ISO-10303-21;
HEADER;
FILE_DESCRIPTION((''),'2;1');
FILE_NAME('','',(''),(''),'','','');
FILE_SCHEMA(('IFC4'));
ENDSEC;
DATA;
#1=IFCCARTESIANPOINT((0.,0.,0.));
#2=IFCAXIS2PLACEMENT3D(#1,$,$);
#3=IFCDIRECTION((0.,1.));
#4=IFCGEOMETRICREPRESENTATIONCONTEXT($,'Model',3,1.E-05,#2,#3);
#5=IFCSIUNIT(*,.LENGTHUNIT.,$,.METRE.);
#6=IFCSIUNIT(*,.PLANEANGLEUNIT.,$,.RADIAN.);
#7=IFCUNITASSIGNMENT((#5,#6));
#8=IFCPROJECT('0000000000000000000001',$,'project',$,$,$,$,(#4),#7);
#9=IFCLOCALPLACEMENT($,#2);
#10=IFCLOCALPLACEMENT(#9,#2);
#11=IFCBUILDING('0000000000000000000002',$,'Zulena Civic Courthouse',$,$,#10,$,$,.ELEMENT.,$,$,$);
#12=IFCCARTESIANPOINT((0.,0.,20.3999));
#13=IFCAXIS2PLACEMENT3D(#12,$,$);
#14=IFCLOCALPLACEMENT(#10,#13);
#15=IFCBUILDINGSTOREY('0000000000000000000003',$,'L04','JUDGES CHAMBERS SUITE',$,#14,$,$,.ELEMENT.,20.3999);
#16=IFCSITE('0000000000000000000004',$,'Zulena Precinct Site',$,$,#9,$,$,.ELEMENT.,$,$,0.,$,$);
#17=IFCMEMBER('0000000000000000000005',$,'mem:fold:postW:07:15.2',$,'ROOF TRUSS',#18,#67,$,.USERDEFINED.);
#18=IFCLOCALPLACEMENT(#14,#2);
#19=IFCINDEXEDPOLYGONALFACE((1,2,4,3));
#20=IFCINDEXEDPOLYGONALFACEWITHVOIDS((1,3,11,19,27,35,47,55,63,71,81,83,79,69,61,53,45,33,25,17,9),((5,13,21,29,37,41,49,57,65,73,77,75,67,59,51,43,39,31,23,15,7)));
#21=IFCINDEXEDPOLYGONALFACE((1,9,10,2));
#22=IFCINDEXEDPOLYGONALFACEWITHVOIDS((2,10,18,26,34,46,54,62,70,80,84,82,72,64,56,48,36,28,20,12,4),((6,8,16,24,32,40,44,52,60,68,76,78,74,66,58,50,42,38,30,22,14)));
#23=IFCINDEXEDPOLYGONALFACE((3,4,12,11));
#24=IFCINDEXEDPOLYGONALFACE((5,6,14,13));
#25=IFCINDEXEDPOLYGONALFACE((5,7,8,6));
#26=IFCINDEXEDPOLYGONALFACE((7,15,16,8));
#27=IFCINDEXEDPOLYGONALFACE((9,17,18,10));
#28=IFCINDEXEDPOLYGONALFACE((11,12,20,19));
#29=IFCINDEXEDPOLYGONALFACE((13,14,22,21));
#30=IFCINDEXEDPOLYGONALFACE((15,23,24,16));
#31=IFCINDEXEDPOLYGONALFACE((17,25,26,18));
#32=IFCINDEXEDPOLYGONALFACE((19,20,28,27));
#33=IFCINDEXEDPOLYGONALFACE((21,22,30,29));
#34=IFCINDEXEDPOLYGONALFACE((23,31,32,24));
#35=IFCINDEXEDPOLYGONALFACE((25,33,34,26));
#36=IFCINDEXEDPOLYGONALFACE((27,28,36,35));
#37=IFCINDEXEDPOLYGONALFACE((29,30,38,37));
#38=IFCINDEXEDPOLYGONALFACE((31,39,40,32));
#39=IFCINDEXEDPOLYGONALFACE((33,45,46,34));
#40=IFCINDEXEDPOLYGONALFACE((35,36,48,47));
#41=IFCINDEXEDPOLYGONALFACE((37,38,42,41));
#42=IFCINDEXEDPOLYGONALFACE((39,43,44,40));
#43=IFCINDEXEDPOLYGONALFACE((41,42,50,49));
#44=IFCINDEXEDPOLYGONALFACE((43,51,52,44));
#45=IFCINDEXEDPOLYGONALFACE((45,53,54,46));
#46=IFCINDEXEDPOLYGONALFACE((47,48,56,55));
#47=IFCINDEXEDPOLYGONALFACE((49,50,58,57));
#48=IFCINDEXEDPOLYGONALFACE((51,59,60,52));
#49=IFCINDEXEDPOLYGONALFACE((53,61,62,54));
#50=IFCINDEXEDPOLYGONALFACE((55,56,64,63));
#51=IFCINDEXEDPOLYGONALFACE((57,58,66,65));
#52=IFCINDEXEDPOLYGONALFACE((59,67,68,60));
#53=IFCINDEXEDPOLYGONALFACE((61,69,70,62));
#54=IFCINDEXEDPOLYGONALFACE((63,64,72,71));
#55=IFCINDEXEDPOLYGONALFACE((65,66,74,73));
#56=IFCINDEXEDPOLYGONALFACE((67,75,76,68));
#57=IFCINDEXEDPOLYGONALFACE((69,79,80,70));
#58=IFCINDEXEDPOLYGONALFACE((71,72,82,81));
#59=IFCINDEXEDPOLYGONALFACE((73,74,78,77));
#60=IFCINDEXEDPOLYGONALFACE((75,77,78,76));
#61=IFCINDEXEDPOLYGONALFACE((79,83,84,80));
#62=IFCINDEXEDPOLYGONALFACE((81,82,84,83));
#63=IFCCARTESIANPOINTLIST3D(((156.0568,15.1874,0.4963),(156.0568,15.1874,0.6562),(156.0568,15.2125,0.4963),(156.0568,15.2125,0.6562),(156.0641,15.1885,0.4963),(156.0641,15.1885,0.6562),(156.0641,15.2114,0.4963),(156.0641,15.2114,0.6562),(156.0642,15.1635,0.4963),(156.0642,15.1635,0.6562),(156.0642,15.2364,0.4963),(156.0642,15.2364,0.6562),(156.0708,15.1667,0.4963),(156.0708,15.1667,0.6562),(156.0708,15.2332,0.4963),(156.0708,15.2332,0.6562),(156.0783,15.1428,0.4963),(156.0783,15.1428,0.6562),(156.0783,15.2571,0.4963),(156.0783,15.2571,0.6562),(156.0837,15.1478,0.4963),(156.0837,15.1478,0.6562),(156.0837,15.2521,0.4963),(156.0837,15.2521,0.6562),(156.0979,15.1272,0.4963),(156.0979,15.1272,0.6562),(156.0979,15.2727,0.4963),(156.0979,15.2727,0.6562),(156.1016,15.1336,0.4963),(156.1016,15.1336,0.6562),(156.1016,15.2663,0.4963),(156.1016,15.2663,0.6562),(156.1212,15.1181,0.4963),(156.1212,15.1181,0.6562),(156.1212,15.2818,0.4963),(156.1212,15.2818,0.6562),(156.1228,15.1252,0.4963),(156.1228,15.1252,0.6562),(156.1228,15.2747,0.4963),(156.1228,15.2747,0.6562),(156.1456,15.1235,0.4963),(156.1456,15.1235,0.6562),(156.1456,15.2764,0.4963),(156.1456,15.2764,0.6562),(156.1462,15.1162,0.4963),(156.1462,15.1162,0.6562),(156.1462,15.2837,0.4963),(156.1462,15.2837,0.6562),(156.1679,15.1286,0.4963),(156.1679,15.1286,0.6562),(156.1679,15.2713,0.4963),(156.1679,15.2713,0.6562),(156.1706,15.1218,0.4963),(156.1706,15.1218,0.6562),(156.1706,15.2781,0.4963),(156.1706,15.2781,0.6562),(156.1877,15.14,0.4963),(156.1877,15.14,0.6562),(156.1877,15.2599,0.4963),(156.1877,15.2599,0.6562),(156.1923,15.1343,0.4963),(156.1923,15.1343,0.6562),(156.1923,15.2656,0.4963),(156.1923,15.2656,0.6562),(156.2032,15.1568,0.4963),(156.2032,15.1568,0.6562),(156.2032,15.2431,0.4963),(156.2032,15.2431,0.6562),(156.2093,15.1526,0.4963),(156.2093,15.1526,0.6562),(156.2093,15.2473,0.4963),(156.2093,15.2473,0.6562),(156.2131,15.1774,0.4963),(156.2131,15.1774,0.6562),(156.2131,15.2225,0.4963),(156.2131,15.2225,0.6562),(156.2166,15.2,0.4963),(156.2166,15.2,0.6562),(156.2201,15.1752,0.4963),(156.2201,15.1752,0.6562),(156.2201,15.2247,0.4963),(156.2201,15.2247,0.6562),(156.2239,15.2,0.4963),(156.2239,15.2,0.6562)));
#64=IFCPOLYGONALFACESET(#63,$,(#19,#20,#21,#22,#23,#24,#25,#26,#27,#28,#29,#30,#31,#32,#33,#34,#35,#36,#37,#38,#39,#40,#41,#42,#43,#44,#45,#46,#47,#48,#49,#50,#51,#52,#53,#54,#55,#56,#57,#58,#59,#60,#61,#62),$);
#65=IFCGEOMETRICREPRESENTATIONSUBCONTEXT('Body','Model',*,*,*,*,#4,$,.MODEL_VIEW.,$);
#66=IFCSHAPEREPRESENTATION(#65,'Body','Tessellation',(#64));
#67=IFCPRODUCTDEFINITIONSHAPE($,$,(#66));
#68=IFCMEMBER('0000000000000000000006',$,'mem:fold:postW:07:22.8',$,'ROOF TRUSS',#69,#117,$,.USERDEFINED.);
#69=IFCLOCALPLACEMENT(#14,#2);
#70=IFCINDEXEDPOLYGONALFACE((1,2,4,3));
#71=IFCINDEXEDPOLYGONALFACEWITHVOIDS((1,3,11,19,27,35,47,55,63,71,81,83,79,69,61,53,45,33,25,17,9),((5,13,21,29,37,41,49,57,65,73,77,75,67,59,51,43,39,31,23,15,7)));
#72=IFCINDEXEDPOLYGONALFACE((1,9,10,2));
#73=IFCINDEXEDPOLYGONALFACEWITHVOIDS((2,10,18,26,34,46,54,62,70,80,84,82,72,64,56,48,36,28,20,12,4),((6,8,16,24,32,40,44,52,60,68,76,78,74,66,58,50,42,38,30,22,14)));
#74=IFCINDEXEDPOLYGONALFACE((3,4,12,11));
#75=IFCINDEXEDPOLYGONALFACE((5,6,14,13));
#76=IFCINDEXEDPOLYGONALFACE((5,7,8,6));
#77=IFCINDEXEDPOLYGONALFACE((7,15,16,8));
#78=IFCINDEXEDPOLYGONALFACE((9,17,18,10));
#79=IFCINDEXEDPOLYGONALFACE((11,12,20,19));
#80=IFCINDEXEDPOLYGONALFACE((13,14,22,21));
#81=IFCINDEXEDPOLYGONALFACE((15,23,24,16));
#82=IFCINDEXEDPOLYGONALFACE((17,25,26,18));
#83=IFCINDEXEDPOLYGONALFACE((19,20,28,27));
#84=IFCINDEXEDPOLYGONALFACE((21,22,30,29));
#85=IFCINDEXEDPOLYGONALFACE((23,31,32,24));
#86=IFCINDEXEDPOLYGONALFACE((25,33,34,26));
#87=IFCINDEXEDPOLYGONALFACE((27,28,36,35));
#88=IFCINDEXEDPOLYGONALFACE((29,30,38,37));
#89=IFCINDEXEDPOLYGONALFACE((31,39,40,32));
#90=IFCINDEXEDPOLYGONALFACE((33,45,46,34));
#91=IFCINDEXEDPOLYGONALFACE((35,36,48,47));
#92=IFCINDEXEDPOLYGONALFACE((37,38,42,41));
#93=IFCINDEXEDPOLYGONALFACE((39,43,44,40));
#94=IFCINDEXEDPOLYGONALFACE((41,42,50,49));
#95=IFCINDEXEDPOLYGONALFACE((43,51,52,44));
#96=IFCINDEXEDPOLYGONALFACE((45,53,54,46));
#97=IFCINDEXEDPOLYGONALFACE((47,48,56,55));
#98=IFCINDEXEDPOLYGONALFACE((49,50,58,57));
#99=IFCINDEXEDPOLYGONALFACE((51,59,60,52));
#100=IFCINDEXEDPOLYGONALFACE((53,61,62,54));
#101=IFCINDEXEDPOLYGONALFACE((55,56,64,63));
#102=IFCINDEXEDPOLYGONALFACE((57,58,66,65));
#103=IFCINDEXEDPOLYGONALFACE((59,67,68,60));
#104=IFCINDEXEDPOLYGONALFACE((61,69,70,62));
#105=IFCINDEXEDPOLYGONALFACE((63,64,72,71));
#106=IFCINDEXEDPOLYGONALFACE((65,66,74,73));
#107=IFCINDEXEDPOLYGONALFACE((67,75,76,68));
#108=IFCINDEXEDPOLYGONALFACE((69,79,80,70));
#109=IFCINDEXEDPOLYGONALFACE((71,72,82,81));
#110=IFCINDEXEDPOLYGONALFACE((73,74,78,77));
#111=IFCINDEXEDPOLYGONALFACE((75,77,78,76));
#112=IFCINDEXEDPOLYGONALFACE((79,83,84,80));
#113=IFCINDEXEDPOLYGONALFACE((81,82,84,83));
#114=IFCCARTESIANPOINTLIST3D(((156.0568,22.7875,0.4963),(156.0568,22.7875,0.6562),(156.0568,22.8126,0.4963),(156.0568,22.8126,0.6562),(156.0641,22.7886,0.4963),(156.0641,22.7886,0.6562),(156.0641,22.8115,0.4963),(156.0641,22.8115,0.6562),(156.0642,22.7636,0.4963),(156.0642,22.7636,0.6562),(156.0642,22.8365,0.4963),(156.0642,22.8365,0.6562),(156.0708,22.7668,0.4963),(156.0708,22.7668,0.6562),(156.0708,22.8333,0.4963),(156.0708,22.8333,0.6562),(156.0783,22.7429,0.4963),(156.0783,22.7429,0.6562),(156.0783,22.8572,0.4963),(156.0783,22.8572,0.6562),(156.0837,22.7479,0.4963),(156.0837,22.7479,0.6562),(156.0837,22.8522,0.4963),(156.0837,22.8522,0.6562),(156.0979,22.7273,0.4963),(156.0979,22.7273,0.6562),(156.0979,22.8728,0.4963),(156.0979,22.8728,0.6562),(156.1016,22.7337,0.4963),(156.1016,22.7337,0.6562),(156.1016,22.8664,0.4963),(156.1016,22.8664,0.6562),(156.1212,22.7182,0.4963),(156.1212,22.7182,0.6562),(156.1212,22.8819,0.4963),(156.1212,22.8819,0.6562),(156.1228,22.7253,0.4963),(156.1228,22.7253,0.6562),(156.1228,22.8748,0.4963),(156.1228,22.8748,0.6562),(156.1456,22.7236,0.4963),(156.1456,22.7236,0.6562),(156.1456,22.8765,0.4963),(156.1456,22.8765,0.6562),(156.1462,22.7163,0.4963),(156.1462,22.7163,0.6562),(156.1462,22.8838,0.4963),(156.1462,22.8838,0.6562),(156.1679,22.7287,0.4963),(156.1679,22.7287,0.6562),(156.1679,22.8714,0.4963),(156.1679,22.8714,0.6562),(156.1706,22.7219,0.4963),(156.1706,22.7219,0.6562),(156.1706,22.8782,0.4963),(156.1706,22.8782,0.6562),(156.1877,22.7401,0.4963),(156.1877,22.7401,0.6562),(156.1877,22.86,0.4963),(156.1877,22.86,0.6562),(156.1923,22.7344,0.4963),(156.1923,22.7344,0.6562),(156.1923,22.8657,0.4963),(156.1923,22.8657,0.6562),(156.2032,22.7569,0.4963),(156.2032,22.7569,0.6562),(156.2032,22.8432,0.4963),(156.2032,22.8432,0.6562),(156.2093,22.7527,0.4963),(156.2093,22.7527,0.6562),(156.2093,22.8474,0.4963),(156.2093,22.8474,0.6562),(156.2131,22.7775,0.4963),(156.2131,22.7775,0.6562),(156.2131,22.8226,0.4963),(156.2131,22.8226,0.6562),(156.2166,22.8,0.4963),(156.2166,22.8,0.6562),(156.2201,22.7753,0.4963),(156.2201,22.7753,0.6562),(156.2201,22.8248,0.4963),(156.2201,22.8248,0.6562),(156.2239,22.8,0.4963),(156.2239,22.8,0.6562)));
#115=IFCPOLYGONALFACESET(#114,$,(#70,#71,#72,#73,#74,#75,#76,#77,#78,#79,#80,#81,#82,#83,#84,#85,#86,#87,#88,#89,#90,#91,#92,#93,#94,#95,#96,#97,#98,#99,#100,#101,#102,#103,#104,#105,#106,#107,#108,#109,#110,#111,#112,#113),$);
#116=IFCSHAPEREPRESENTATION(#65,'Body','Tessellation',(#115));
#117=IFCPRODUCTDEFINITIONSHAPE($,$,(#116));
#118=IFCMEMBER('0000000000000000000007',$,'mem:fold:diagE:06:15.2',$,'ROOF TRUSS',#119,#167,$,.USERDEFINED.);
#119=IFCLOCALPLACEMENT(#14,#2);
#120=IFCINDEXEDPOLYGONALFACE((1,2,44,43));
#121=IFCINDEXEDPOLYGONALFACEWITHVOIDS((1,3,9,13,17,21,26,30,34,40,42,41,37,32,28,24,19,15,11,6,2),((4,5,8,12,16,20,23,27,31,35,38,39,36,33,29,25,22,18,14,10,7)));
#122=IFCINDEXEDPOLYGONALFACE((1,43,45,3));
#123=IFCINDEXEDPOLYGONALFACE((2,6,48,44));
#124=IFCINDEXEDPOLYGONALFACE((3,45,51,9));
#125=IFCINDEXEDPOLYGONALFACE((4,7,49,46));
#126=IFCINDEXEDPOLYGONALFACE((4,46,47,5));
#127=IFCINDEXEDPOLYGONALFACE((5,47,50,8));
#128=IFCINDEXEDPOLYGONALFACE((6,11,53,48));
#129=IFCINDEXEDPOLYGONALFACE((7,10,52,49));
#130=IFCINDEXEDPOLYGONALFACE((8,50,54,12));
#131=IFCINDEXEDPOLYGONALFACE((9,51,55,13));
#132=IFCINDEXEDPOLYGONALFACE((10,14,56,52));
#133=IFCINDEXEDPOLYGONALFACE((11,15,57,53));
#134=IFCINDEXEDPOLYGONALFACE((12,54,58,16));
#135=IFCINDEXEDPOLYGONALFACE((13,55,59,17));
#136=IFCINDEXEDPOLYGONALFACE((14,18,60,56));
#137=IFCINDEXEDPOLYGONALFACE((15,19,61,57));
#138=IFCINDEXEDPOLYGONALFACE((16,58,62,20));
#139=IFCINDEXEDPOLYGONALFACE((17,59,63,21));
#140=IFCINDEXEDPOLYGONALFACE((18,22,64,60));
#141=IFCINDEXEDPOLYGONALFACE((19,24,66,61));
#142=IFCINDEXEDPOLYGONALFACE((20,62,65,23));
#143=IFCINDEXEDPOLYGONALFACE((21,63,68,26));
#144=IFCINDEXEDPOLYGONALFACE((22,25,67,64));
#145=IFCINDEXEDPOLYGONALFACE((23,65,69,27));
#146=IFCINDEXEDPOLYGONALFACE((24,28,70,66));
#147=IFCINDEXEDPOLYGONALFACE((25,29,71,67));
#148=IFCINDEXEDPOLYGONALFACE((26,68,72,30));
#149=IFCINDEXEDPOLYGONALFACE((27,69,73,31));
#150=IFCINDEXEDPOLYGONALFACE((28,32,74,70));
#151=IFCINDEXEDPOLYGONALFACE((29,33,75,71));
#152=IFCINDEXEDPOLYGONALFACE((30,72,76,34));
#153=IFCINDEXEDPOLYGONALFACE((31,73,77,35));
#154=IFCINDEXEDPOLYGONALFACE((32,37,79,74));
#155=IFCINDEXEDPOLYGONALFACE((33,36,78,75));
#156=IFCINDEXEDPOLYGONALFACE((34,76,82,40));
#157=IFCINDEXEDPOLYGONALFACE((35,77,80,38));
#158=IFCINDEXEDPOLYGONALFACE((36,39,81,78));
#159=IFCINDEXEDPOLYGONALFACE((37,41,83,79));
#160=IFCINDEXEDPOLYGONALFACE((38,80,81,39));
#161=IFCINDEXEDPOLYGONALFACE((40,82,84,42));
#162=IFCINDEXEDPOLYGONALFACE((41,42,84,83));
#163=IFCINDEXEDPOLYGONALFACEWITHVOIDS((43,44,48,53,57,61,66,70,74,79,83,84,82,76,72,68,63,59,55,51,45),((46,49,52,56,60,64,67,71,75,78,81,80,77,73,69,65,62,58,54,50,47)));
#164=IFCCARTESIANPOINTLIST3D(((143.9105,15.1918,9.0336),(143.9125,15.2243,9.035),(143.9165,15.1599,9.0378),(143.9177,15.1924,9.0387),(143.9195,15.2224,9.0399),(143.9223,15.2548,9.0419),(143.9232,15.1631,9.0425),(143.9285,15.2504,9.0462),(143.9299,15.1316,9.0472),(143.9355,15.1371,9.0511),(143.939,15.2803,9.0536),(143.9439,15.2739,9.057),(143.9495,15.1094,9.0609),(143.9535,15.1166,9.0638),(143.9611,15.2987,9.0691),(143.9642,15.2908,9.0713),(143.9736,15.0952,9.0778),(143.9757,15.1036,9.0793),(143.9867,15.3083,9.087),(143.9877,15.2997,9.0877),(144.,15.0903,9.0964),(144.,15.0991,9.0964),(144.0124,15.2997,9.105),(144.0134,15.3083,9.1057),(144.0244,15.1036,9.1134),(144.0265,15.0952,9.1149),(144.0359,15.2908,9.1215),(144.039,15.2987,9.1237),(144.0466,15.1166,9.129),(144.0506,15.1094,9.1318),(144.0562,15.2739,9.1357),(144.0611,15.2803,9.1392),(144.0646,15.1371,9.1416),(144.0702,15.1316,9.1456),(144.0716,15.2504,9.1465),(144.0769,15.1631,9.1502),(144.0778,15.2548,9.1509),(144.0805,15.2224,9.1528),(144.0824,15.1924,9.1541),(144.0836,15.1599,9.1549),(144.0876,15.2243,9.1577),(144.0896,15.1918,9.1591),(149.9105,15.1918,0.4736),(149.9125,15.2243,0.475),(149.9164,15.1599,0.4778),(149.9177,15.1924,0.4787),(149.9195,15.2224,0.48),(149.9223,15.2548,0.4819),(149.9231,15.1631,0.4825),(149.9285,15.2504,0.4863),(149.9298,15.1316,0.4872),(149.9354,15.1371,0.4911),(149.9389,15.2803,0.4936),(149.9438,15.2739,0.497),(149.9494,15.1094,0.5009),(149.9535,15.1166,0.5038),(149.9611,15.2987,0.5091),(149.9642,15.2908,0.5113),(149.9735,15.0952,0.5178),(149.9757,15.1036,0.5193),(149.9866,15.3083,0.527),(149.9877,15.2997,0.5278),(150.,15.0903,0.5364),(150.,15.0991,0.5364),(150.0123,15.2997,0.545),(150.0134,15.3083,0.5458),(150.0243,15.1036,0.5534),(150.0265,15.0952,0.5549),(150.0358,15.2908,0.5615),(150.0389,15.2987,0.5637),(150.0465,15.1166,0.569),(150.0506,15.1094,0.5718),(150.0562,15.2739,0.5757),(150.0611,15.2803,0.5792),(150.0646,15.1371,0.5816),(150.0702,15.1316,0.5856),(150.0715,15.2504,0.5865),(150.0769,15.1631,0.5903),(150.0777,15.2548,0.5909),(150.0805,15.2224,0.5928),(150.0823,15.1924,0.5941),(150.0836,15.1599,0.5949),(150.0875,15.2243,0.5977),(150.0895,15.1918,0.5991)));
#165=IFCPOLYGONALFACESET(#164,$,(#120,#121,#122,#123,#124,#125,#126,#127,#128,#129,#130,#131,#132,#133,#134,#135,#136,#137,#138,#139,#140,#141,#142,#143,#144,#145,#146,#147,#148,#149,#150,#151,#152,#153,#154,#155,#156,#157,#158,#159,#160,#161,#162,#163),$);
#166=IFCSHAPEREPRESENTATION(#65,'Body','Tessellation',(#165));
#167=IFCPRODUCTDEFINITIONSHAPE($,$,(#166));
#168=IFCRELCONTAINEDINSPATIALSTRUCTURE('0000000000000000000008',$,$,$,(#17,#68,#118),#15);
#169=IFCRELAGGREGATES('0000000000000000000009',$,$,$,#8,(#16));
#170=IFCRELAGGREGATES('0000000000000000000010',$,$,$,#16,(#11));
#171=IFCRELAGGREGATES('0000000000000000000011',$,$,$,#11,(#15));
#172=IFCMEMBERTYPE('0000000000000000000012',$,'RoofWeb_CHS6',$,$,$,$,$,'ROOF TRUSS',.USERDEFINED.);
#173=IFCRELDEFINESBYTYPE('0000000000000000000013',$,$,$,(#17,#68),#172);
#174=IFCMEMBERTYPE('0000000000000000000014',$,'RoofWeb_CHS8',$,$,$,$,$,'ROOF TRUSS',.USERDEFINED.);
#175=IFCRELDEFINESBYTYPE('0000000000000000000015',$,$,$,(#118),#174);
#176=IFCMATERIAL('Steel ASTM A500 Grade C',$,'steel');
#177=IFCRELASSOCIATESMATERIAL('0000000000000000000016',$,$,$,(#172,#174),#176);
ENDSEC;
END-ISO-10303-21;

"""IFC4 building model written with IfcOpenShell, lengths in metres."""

from ifc_helpers import new_model, si_unit, direction, frame, origin, origin_2d, place, context, subcontext, project, spatial, hollow_circle, extrude, material, material_profile, profile_set, type_object, element, save


model = new_model("IFC4")

# Units and contexts
model_context = context("Model", 3, precision=1e-05, world=origin(), true_north=direction((0.0, 1.0)))
body_context = subcontext(model_context, "Body", "Model", "MODEL_VIEW")
ifc_project = project(units=[si_unit("LENGTHUNIT", "METRE"), si_unit("PLANEANGLEUNIT", "RADIAN")], contexts=[model_context])

# Site, building, storey
site_placement = place(None, origin())
site = spatial("IfcSite", under=ifc_project, at=site_placement, Name="Zulena Precinct Site", CompositionType="ELEMENT", RefElevation=0.0)
building_placement = place(site_placement, origin())
building = spatial("IfcBuilding", under=site, at=building_placement, Name="Zulena Civic Courthouse", CompositionType="ELEMENT")
storey_placement = place(building_placement, frame((0.0, 0.0, 20.3999)))
storey = spatial("IfcBuildingStorey", under=building, at=storey_placement, Name="L04", Description="JUDGES CHAMBERS SUITE", CompositionType="ELEMENT", Elevation=20.3999)

# Members
ifc_material_1 = material(Name="Steel ASTM A500 Grade C", Category="steel")
ifc_material_profile_1 = material_profile(ifc_material_1, hollow_circle(Radius=0.084, WallThickness=0.0073, at=origin_2d()), Name="HSS6.625X0.312")
ifc_profile_set_1 = profile_set([ifc_material_profile_1], Name="Steel ASTM A500 Grade C")
member_type_1 = type_object("IfcMemberType", Name="RoofWeb_CHS6", ElementType="ROOF TRUSS", PredefinedType="USERDEFINED", material=ifc_profile_set_1)
for number, where, z_axis, x_axis, name in (
    (1, (156.1399, 15.2, 0.4963), (0.0, 0.0, 1.0), (1.0, 0.0, 0.0), "mem:fold:postW:07:15.2"),
    (2, (156.1399, 22.8, 0.4963), (0.0, 0.0, 1.0), (1.0, 0.0, 0.0), "mem:fold:postW:07:22.8"),
):
    element("IfcMember", number, at=place(storey_placement, frame(where, z_axis=z_axis, x_axis=x_axis)), inside=storey, type_object=member_type_1, Name=name, ObjectType="ROOF TRUSS", PredefinedType="USERDEFINED", context=body_context, shape_type="SweptSolid", body=[
        extrude(hollow_circle(Radius=0.084, WallThickness=0.0073, at=origin_2d()), origin(), (0.0, 0.0, 1.0), 0.1599),
    ])
ifc_material_profile_2 = material_profile(ifc_material_1, hollow_circle(Radius=0.1096, WallThickness=0.0088, at=origin_2d()), Name="HSS8.625X0.375")
ifc_profile_set_2 = profile_set([ifc_material_profile_2], Name="Steel ASTM A500 Grade C")
member_type_2 = type_object("IfcMemberType", Name="RoofWeb_CHS8", ElementType="ROOF TRUSS", PredefinedType="USERDEFINED", material=ifc_profile_set_2)
for number, where, z_axis, x_axis, name in (
    (3, (150.0, 15.2, 0.5364), (-0.573973, 0.0, 0.818874), (0.0, -1.0, 0.0), "mem:fold:diagE:06:15.2"),
):
    element("IfcMember", number, at=place(storey_placement, frame(where, z_axis=z_axis, x_axis=x_axis)), inside=storey, type_object=member_type_2, Name=name, ObjectType="ROOF TRUSS", PredefinedType="USERDEFINED", context=body_context, shape_type="SweptSolid", body=[
        extrude(hollow_circle(Radius=0.1096, WallThickness=0.0088, at=origin_2d()), origin(), (0.0, 0.0, 1.0), 10.4534),
    ])

save(model, "model.ifc")
